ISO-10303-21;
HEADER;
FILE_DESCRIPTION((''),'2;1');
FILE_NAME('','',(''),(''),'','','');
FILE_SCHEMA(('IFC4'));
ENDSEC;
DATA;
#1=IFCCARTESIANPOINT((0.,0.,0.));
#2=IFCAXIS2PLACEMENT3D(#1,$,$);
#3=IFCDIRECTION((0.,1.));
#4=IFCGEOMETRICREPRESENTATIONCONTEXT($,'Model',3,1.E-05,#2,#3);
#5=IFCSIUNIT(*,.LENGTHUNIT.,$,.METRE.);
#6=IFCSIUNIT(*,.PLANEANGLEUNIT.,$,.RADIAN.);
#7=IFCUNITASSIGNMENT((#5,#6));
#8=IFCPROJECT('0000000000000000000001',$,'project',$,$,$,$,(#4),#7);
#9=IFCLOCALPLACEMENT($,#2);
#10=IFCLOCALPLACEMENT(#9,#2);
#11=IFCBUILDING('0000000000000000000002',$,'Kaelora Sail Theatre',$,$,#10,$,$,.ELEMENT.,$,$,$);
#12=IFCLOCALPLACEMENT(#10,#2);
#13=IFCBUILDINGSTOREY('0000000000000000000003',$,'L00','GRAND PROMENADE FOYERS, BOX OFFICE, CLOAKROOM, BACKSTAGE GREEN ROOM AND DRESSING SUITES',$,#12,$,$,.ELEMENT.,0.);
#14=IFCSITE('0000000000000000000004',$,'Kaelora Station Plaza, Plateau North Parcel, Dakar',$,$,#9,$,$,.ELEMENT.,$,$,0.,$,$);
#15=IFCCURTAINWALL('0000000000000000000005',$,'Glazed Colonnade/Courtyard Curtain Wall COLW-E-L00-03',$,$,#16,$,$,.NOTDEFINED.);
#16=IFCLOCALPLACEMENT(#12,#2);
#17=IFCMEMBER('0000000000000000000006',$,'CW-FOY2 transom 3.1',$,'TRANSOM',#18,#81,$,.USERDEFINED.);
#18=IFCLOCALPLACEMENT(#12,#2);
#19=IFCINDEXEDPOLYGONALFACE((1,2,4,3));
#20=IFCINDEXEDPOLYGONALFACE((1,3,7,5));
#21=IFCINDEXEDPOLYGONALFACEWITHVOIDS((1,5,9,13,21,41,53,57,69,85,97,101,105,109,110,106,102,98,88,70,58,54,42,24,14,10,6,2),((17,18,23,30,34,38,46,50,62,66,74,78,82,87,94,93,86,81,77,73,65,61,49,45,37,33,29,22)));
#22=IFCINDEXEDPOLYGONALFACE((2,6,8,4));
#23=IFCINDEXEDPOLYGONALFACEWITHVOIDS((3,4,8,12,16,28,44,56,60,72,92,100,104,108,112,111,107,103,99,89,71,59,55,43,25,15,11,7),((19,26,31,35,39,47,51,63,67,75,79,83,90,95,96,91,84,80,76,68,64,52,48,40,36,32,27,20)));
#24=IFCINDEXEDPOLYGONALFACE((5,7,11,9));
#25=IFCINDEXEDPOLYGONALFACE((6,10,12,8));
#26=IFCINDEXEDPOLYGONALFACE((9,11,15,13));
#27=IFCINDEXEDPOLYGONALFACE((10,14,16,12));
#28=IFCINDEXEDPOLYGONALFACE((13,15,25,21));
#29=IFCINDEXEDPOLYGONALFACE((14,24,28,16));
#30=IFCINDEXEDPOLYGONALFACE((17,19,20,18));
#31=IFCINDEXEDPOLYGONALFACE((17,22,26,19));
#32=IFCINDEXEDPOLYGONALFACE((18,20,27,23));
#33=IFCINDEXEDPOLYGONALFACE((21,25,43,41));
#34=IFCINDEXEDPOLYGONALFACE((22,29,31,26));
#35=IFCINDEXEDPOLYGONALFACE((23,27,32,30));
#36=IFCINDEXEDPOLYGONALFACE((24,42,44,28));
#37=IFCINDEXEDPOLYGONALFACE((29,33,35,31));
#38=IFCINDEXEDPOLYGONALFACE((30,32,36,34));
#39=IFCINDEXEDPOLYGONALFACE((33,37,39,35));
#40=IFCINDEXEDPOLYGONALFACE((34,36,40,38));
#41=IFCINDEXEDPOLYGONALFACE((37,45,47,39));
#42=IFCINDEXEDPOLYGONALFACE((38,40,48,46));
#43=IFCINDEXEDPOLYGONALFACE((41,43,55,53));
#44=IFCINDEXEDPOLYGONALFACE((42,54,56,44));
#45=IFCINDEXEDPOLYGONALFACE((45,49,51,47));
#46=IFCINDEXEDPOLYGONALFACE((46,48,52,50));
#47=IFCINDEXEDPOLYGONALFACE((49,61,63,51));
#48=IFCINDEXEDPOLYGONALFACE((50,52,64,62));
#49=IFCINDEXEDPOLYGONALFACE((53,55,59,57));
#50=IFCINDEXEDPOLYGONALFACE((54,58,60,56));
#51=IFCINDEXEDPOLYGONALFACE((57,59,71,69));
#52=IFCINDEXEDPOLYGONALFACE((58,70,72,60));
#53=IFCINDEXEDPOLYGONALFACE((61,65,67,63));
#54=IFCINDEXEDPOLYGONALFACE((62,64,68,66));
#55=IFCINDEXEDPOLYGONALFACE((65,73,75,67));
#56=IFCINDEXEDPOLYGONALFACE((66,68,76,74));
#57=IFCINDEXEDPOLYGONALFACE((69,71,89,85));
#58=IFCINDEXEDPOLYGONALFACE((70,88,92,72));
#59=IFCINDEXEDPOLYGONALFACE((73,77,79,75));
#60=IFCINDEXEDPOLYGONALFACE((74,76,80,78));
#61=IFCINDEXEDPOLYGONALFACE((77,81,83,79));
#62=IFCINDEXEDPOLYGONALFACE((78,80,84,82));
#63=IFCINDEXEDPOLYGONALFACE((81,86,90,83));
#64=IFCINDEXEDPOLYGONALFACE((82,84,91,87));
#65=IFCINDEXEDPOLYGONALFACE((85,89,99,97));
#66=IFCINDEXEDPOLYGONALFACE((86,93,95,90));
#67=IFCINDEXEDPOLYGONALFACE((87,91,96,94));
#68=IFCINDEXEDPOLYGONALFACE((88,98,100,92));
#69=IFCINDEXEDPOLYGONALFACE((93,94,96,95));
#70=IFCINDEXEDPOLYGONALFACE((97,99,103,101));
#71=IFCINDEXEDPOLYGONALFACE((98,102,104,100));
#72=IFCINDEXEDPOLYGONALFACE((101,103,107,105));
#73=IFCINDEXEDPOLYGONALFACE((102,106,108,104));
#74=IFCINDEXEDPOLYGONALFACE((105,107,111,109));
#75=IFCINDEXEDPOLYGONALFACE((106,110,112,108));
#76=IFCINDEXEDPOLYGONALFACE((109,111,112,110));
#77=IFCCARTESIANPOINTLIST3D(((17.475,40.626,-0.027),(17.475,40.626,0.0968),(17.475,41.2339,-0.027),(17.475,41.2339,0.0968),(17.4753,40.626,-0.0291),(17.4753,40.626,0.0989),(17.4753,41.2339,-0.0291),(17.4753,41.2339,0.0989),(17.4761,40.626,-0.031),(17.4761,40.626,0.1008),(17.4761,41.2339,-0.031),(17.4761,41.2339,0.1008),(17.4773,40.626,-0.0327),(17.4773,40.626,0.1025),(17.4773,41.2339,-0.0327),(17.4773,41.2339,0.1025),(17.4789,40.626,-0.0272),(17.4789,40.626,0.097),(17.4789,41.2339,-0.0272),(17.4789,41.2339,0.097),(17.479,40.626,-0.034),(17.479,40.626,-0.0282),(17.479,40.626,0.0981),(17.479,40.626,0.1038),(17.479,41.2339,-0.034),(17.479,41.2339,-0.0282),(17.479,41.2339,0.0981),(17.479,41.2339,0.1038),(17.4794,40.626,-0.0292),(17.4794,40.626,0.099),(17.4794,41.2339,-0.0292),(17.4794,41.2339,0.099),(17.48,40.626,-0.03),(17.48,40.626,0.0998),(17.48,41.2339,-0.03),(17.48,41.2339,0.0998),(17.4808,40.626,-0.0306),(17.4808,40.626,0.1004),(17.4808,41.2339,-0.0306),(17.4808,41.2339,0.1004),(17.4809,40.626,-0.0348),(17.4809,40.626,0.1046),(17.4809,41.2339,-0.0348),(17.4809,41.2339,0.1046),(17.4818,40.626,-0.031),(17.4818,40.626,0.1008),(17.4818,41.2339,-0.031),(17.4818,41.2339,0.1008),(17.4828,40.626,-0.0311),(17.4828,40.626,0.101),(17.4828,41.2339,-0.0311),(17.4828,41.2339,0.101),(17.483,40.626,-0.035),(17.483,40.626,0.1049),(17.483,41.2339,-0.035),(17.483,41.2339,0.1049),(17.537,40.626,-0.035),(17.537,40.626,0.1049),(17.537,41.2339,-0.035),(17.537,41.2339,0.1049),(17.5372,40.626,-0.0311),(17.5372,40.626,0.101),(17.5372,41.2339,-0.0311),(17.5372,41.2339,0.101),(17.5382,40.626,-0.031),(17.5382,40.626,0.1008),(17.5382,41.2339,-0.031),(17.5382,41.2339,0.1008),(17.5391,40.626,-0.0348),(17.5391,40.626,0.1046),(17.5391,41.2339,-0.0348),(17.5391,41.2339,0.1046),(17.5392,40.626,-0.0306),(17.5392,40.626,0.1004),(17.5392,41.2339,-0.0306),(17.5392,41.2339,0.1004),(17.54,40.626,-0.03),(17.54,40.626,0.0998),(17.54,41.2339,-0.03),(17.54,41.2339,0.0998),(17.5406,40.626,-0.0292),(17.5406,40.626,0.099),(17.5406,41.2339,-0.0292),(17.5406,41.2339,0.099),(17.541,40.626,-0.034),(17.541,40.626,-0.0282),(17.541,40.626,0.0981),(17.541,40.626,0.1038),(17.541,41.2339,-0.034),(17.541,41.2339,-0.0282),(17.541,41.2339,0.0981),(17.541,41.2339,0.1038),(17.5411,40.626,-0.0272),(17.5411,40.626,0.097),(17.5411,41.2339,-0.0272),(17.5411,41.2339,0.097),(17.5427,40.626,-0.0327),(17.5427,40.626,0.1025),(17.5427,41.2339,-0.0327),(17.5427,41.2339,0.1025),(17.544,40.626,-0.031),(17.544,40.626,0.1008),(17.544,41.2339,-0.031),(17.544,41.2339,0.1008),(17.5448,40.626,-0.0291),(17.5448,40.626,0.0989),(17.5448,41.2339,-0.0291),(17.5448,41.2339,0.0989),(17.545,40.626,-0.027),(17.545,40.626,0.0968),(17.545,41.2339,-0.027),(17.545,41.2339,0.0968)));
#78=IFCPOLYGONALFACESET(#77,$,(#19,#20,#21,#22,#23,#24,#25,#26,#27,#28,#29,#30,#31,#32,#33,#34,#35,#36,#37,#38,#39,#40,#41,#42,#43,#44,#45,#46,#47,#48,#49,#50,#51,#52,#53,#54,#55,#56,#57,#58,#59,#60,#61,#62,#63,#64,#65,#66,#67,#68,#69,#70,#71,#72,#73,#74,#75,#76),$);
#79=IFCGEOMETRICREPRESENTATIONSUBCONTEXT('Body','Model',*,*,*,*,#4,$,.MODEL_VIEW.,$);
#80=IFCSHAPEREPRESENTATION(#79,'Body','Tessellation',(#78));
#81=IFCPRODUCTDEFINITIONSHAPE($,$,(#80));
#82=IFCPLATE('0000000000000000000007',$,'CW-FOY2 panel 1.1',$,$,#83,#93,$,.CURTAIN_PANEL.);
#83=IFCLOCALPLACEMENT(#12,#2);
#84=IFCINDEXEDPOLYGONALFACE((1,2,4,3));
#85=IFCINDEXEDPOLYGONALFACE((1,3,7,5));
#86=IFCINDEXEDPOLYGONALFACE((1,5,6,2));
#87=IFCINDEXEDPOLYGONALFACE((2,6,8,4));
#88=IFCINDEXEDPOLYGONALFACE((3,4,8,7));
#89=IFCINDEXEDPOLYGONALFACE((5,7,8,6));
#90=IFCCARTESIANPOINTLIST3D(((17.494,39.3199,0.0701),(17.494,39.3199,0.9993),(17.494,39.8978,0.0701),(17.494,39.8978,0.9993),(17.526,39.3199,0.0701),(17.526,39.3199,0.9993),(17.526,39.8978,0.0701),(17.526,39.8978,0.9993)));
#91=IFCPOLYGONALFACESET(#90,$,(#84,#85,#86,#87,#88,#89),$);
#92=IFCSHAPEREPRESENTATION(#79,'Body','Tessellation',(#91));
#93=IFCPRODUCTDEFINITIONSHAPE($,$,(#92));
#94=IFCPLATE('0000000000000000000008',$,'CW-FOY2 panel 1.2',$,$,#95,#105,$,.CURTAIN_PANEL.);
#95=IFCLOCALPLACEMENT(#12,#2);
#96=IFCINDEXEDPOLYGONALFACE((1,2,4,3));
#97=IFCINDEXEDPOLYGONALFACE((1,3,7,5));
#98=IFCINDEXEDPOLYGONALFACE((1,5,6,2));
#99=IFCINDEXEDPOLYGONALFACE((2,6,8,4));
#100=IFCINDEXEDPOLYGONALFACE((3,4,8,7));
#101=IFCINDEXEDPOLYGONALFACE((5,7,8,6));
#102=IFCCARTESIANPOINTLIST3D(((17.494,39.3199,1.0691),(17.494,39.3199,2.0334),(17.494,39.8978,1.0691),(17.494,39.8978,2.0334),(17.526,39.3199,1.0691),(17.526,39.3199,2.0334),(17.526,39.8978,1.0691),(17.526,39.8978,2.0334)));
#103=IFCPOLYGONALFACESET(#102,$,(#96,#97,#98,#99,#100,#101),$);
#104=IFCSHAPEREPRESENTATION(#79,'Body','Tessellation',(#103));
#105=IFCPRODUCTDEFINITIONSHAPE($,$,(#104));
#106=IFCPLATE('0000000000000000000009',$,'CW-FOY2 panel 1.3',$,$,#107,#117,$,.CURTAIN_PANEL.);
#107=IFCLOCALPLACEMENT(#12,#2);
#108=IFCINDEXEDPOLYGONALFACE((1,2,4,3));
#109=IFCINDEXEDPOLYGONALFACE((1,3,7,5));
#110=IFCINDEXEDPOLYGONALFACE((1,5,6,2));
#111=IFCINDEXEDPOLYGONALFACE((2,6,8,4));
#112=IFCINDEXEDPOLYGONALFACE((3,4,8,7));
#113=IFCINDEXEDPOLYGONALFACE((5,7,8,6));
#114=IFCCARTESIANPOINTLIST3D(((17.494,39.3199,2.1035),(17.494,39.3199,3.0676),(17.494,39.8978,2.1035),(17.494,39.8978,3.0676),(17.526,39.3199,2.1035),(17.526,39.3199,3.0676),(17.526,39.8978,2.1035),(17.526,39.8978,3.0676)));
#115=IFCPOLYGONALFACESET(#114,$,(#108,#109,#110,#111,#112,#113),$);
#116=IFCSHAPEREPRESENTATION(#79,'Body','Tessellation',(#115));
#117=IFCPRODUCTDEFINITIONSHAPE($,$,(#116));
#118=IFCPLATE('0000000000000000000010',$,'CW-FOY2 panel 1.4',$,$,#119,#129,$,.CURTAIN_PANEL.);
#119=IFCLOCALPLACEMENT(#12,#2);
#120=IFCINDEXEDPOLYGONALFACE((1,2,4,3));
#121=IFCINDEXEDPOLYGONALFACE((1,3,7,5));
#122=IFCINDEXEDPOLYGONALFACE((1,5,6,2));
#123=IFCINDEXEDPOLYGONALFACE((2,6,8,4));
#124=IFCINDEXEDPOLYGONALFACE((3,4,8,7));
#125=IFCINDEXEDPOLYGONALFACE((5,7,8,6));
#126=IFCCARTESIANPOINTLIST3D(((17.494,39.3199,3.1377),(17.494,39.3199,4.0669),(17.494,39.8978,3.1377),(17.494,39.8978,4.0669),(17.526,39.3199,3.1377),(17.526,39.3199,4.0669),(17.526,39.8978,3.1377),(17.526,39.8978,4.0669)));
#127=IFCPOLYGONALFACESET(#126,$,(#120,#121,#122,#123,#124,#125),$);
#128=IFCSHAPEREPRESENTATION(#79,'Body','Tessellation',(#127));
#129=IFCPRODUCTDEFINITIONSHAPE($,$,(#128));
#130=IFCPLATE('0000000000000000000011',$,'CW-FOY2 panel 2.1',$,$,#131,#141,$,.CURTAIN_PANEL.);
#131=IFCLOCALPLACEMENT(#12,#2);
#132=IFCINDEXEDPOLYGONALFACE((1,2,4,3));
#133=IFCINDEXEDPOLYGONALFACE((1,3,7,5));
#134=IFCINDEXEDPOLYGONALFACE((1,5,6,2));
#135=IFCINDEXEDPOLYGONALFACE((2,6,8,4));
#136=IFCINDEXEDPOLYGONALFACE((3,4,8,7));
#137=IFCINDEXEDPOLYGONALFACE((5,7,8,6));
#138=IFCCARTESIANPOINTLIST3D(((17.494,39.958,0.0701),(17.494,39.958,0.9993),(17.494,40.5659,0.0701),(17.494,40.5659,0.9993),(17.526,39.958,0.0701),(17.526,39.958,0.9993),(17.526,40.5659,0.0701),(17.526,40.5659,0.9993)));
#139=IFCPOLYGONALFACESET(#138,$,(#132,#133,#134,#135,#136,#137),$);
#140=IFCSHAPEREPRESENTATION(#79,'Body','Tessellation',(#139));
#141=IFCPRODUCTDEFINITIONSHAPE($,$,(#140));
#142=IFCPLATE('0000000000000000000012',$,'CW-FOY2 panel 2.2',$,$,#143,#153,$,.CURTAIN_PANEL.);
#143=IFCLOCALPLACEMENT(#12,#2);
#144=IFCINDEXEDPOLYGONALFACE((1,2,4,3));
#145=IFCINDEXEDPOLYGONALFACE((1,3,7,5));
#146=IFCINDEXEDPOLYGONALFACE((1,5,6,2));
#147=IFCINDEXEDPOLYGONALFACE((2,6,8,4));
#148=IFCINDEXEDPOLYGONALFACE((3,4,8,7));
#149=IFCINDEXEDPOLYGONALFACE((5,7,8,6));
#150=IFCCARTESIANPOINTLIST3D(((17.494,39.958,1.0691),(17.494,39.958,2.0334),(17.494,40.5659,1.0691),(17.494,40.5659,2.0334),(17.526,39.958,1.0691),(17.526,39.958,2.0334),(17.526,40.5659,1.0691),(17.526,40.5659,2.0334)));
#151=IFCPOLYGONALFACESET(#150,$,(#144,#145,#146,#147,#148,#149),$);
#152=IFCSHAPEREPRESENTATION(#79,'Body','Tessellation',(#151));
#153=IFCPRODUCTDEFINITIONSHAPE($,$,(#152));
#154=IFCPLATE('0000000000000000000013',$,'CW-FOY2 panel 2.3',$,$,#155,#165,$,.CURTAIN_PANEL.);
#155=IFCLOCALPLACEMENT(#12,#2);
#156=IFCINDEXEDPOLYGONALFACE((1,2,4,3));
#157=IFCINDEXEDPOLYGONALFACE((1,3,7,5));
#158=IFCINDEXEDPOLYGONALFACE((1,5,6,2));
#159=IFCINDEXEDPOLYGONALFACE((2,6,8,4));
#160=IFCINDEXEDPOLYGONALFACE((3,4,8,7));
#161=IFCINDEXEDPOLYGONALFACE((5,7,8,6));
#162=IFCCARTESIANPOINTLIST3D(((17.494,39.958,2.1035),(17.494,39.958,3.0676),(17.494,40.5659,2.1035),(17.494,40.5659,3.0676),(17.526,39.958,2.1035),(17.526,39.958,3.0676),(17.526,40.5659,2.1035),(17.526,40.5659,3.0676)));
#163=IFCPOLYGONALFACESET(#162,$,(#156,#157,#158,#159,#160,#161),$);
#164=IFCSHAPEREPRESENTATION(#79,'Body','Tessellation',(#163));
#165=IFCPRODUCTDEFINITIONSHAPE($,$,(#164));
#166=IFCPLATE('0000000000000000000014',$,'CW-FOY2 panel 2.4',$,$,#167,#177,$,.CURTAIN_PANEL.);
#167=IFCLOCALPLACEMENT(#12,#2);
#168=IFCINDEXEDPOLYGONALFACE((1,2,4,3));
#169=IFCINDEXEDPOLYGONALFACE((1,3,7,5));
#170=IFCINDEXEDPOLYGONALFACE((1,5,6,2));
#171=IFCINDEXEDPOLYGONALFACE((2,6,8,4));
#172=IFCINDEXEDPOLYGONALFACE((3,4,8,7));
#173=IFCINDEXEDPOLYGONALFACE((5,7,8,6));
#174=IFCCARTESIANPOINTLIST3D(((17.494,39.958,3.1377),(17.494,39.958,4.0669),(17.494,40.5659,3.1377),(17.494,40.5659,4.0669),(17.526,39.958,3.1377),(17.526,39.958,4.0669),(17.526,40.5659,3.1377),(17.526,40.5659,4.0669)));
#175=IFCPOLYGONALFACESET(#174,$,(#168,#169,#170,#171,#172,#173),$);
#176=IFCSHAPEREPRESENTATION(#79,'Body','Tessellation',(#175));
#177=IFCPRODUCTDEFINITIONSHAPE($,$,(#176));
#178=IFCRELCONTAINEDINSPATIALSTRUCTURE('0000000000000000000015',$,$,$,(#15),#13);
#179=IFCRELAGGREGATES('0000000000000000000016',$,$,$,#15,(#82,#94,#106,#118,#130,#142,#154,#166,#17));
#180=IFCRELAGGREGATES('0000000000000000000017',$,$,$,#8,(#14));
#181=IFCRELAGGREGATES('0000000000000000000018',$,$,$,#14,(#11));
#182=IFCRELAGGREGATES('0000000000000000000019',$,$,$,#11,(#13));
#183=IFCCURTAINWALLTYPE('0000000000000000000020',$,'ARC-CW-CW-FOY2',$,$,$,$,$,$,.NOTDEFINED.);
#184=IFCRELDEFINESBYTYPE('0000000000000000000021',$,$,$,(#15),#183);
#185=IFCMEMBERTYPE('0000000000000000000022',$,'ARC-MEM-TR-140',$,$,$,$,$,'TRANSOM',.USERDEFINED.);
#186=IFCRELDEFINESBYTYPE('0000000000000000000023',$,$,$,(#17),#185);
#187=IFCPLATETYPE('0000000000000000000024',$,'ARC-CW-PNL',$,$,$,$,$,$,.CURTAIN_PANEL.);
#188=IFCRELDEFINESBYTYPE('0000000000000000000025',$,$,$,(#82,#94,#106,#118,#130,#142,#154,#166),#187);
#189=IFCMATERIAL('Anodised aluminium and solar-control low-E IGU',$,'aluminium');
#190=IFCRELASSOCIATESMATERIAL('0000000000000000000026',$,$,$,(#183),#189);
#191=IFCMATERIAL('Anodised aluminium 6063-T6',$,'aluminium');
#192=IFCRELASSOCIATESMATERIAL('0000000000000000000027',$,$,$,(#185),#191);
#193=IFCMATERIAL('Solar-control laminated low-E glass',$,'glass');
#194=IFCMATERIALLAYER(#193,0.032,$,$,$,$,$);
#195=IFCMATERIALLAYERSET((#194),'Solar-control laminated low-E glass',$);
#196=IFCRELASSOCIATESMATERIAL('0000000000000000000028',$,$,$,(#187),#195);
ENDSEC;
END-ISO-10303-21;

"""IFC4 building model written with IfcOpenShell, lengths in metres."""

from ifc_helpers import new_model, si_unit, direction, frame, origin, origin_2d, place, context, subcontext, project, spatial, rectangle, hollow_rectangle, extrude, material, layer, layer_set, material_profile, profile_set, type_object, element, aggregate, save


model = new_model("IFC4")

# Units and contexts
model_context = context("Model", 3, precision=1e-05, world=origin(), true_north=direction((0.0, 1.0)))
body_context = subcontext(model_context, "Body", "Model", "MODEL_VIEW")
ifc_project = project(units=[si_unit("LENGTHUNIT", "METRE"), si_unit("PLANEANGLEUNIT", "RADIAN")], contexts=[model_context])

# Site, building, storey
site_placement = place(None, origin())
site = spatial("IfcSite", under=ifc_project, at=site_placement, Name="Kaelora Station Plaza, Plateau North Parcel, Dakar", CompositionType="ELEMENT", RefElevation=0.0)
building_placement = place(site_placement, origin())
building = spatial("IfcBuilding", under=site, at=building_placement, Name="Kaelora Sail Theatre", CompositionType="ELEMENT")
storey_placement = place(building_placement, origin())
storey = spatial("IfcBuildingStorey", under=building, at=storey_placement, Name="L00", Description="GRAND PROMENADE FOYERS, BOX OFFICE, CLOAKROOM, BACKSTAGE GREEN ROOM AND DRESSING SUITES", CompositionType="ELEMENT", Elevation=0.0)

# Curtain wall, member, plates
ifc_material_1 = material(Name="Anodised aluminium and solar-control low-E IGU", Category="aluminium")
curtain_wall_type = type_object("IfcCurtainWallType", Name="ARC-CW-CW-FOY2", PredefinedType="NOTDEFINED", material=ifc_material_1)
curtain_wall_placement = place(storey_placement, origin())
curtain_wall = element("IfcCurtainWall", 1, at=curtain_wall_placement, inside=storey, type_object=curtain_wall_type, Name="Glazed Colonnade/Courtyard Curtain Wall COLW-E-L00-03", PredefinedType="NOTDEFINED")
ifc_material_2 = material(Name="Anodised aluminium 6063-T6", Category="aluminium")
ifc_material_profile_1 = material_profile(ifc_material_2, hollow_rectangle(XDim=0.0701, YDim=0.1399, WallThickness=0.0039, InnerFilletRadius=0.0039, OuterFilletRadius=0.0081, at=origin_2d()), Name="ALU-TRAN 70x140x4")
ifc_profile_set_1 = profile_set([ifc_material_profile_1], Name="Anodised aluminium 6063-T6")
member_type_1 = type_object("IfcMemberType", Name="ARC-MEM-TR-140", ElementType="TRANSOM", PredefinedType="USERDEFINED", material=ifc_profile_set_1)
member_1_placement = place(storey_placement, frame((17.51, 40.626, 0.0349), z_axis=(0.0, 1.0, 0.0), x_axis=(-1.0, 0.0, 0.0)))
member_1 = element("IfcMember", 2, at=member_1_placement, type_object=member_type_1, Name="CW-FOY2 transom 3.1", ObjectType="TRANSOM", PredefinedType="USERDEFINED", context=body_context, shape_type="SweptSolid", body=[
    extrude(hollow_rectangle(XDim=0.0701, YDim=0.1399, WallThickness=0.0039, InnerFilletRadius=0.0039, OuterFilletRadius=0.0081, at=origin_2d()), origin(), (0.0, 0.0, 1.0), 0.6079),
])
ifc_material_3 = material(Name="Solar-control laminated low-E glass", Category="glass")
ifc_layer = layer(ifc_material_3, 0.032)
ifc_layer_set = layer_set([ifc_layer], Name="Solar-control laminated low-E glass")
plate_type = type_object("IfcPlateType", Name="ARC-CW-PNL", PredefinedType="CURTAIN_PANEL", material=ifc_layer_set)
plate_1_placement = place(storey_placement, frame((17.51, 39.6089, 0.0701), z_axis=(0.0, 0.0, 1.0), x_axis=(0.0, 1.0, 0.0)))
plate_1 = element("IfcPlate", 3, at=plate_1_placement, type_object=plate_type, Name="CW-FOY2 panel 1.1", PredefinedType="CURTAIN_PANEL", context=body_context, shape_type="SweptSolid", body=[
    extrude(rectangle(XDim=0.5779, YDim=0.032, at=origin_2d()), origin(), (0.0, 0.0, 1.0), 0.9292),
])
plate_2_placement = place(storey_placement, frame((17.51, 39.6089, 1.0691), z_axis=(0.0, 0.0, 1.0), x_axis=(0.0, 1.0, 0.0)))
plate_2 = element("IfcPlate", 4, at=plate_2_placement, type_object=plate_type, Name="CW-FOY2 panel 1.2", PredefinedType="CURTAIN_PANEL", context=body_context, shape_type="SweptSolid", body=[
    extrude(rectangle(XDim=0.5779, YDim=0.032, at=origin_2d()), origin(), (0.0, 0.0, 1.0), 0.9644),
])
plate_3_placement = place(storey_placement, frame((17.51, 39.6089, 2.1035), z_axis=(0.0, 0.0, 1.0), x_axis=(0.0, 1.0, 0.0)))
plate_3 = element("IfcPlate", 5, at=plate_3_placement, type_object=plate_type, Name="CW-FOY2 panel 1.3", PredefinedType="CURTAIN_PANEL", context=body_context, shape_type="SweptSolid", body=[
    extrude(rectangle(XDim=0.5779, YDim=0.032, at=origin_2d()), origin(), (0.0, 0.0, 1.0), 0.9641),
])
plate_4_placement = place(storey_placement, frame((17.51, 39.6089, 3.1377), z_axis=(0.0, 0.0, 1.0), x_axis=(0.0, 1.0, 0.0)))
plate_4 = element("IfcPlate", 6, at=plate_4_placement, type_object=plate_type, Name="CW-FOY2 panel 1.4", PredefinedType="CURTAIN_PANEL", context=body_context, shape_type="SweptSolid", body=[
    extrude(rectangle(XDim=0.5779, YDim=0.032, at=origin_2d()), origin(), (0.0, 0.0, 1.0), 0.9292),
])
plate_5_placement = place(storey_placement, frame((17.51, 40.262, 0.0701), z_axis=(0.0, 0.0, 1.0), x_axis=(0.0, 1.0, 0.0)))
plate_5 = element("IfcPlate", 7, at=plate_5_placement, type_object=plate_type, Name="CW-FOY2 panel 2.1", PredefinedType="CURTAIN_PANEL", context=body_context, shape_type="SweptSolid", body=[
    extrude(rectangle(XDim=0.6079, YDim=0.032, at=origin_2d()), origin(), (0.0, 0.0, 1.0), 0.9292),
])
plate_6_placement = place(storey_placement, frame((17.51, 40.262, 1.0691), z_axis=(0.0, 0.0, 1.0), x_axis=(0.0, 1.0, 0.0)))
plate_6 = element("IfcPlate", 8, at=plate_6_placement, type_object=plate_type, Name="CW-FOY2 panel 2.2", PredefinedType="CURTAIN_PANEL", context=body_context, shape_type="SweptSolid", body=[
    extrude(rectangle(XDim=0.6079, YDim=0.032, at=origin_2d()), origin(), (0.0, 0.0, 1.0), 0.9644),
])
plate_7_placement = place(storey_placement, frame((17.51, 40.262, 2.1035), z_axis=(0.0, 0.0, 1.0), x_axis=(0.0, 1.0, 0.0)))
plate_7 = element("IfcPlate", 9, at=plate_7_placement, type_object=plate_type, Name="CW-FOY2 panel 2.3", PredefinedType="CURTAIN_PANEL", context=body_context, shape_type="SweptSolid", body=[
    extrude(rectangle(XDim=0.6079, YDim=0.032, at=origin_2d()), origin(), (0.0, 0.0, 1.0), 0.9641),
])
plate_8_placement = place(storey_placement, frame((17.51, 40.262, 3.1377), z_axis=(0.0, 0.0, 1.0), x_axis=(0.0, 1.0, 0.0)))
plate_8 = element("IfcPlate", 10, at=plate_8_placement, type_object=plate_type, Name="CW-FOY2 panel 2.4", PredefinedType="CURTAIN_PANEL", context=body_context, shape_type="SweptSolid", body=[
    extrude(rectangle(XDim=0.6079, YDim=0.032, at=origin_2d()), origin(), (0.0, 0.0, 1.0), 0.9292),
])
aggregate(curtain_wall, [plate_1, plate_2, plate_3, plate_4, plate_5, plate_6, plate_7, plate_8, member_1])

save(model, "model.ifc")
